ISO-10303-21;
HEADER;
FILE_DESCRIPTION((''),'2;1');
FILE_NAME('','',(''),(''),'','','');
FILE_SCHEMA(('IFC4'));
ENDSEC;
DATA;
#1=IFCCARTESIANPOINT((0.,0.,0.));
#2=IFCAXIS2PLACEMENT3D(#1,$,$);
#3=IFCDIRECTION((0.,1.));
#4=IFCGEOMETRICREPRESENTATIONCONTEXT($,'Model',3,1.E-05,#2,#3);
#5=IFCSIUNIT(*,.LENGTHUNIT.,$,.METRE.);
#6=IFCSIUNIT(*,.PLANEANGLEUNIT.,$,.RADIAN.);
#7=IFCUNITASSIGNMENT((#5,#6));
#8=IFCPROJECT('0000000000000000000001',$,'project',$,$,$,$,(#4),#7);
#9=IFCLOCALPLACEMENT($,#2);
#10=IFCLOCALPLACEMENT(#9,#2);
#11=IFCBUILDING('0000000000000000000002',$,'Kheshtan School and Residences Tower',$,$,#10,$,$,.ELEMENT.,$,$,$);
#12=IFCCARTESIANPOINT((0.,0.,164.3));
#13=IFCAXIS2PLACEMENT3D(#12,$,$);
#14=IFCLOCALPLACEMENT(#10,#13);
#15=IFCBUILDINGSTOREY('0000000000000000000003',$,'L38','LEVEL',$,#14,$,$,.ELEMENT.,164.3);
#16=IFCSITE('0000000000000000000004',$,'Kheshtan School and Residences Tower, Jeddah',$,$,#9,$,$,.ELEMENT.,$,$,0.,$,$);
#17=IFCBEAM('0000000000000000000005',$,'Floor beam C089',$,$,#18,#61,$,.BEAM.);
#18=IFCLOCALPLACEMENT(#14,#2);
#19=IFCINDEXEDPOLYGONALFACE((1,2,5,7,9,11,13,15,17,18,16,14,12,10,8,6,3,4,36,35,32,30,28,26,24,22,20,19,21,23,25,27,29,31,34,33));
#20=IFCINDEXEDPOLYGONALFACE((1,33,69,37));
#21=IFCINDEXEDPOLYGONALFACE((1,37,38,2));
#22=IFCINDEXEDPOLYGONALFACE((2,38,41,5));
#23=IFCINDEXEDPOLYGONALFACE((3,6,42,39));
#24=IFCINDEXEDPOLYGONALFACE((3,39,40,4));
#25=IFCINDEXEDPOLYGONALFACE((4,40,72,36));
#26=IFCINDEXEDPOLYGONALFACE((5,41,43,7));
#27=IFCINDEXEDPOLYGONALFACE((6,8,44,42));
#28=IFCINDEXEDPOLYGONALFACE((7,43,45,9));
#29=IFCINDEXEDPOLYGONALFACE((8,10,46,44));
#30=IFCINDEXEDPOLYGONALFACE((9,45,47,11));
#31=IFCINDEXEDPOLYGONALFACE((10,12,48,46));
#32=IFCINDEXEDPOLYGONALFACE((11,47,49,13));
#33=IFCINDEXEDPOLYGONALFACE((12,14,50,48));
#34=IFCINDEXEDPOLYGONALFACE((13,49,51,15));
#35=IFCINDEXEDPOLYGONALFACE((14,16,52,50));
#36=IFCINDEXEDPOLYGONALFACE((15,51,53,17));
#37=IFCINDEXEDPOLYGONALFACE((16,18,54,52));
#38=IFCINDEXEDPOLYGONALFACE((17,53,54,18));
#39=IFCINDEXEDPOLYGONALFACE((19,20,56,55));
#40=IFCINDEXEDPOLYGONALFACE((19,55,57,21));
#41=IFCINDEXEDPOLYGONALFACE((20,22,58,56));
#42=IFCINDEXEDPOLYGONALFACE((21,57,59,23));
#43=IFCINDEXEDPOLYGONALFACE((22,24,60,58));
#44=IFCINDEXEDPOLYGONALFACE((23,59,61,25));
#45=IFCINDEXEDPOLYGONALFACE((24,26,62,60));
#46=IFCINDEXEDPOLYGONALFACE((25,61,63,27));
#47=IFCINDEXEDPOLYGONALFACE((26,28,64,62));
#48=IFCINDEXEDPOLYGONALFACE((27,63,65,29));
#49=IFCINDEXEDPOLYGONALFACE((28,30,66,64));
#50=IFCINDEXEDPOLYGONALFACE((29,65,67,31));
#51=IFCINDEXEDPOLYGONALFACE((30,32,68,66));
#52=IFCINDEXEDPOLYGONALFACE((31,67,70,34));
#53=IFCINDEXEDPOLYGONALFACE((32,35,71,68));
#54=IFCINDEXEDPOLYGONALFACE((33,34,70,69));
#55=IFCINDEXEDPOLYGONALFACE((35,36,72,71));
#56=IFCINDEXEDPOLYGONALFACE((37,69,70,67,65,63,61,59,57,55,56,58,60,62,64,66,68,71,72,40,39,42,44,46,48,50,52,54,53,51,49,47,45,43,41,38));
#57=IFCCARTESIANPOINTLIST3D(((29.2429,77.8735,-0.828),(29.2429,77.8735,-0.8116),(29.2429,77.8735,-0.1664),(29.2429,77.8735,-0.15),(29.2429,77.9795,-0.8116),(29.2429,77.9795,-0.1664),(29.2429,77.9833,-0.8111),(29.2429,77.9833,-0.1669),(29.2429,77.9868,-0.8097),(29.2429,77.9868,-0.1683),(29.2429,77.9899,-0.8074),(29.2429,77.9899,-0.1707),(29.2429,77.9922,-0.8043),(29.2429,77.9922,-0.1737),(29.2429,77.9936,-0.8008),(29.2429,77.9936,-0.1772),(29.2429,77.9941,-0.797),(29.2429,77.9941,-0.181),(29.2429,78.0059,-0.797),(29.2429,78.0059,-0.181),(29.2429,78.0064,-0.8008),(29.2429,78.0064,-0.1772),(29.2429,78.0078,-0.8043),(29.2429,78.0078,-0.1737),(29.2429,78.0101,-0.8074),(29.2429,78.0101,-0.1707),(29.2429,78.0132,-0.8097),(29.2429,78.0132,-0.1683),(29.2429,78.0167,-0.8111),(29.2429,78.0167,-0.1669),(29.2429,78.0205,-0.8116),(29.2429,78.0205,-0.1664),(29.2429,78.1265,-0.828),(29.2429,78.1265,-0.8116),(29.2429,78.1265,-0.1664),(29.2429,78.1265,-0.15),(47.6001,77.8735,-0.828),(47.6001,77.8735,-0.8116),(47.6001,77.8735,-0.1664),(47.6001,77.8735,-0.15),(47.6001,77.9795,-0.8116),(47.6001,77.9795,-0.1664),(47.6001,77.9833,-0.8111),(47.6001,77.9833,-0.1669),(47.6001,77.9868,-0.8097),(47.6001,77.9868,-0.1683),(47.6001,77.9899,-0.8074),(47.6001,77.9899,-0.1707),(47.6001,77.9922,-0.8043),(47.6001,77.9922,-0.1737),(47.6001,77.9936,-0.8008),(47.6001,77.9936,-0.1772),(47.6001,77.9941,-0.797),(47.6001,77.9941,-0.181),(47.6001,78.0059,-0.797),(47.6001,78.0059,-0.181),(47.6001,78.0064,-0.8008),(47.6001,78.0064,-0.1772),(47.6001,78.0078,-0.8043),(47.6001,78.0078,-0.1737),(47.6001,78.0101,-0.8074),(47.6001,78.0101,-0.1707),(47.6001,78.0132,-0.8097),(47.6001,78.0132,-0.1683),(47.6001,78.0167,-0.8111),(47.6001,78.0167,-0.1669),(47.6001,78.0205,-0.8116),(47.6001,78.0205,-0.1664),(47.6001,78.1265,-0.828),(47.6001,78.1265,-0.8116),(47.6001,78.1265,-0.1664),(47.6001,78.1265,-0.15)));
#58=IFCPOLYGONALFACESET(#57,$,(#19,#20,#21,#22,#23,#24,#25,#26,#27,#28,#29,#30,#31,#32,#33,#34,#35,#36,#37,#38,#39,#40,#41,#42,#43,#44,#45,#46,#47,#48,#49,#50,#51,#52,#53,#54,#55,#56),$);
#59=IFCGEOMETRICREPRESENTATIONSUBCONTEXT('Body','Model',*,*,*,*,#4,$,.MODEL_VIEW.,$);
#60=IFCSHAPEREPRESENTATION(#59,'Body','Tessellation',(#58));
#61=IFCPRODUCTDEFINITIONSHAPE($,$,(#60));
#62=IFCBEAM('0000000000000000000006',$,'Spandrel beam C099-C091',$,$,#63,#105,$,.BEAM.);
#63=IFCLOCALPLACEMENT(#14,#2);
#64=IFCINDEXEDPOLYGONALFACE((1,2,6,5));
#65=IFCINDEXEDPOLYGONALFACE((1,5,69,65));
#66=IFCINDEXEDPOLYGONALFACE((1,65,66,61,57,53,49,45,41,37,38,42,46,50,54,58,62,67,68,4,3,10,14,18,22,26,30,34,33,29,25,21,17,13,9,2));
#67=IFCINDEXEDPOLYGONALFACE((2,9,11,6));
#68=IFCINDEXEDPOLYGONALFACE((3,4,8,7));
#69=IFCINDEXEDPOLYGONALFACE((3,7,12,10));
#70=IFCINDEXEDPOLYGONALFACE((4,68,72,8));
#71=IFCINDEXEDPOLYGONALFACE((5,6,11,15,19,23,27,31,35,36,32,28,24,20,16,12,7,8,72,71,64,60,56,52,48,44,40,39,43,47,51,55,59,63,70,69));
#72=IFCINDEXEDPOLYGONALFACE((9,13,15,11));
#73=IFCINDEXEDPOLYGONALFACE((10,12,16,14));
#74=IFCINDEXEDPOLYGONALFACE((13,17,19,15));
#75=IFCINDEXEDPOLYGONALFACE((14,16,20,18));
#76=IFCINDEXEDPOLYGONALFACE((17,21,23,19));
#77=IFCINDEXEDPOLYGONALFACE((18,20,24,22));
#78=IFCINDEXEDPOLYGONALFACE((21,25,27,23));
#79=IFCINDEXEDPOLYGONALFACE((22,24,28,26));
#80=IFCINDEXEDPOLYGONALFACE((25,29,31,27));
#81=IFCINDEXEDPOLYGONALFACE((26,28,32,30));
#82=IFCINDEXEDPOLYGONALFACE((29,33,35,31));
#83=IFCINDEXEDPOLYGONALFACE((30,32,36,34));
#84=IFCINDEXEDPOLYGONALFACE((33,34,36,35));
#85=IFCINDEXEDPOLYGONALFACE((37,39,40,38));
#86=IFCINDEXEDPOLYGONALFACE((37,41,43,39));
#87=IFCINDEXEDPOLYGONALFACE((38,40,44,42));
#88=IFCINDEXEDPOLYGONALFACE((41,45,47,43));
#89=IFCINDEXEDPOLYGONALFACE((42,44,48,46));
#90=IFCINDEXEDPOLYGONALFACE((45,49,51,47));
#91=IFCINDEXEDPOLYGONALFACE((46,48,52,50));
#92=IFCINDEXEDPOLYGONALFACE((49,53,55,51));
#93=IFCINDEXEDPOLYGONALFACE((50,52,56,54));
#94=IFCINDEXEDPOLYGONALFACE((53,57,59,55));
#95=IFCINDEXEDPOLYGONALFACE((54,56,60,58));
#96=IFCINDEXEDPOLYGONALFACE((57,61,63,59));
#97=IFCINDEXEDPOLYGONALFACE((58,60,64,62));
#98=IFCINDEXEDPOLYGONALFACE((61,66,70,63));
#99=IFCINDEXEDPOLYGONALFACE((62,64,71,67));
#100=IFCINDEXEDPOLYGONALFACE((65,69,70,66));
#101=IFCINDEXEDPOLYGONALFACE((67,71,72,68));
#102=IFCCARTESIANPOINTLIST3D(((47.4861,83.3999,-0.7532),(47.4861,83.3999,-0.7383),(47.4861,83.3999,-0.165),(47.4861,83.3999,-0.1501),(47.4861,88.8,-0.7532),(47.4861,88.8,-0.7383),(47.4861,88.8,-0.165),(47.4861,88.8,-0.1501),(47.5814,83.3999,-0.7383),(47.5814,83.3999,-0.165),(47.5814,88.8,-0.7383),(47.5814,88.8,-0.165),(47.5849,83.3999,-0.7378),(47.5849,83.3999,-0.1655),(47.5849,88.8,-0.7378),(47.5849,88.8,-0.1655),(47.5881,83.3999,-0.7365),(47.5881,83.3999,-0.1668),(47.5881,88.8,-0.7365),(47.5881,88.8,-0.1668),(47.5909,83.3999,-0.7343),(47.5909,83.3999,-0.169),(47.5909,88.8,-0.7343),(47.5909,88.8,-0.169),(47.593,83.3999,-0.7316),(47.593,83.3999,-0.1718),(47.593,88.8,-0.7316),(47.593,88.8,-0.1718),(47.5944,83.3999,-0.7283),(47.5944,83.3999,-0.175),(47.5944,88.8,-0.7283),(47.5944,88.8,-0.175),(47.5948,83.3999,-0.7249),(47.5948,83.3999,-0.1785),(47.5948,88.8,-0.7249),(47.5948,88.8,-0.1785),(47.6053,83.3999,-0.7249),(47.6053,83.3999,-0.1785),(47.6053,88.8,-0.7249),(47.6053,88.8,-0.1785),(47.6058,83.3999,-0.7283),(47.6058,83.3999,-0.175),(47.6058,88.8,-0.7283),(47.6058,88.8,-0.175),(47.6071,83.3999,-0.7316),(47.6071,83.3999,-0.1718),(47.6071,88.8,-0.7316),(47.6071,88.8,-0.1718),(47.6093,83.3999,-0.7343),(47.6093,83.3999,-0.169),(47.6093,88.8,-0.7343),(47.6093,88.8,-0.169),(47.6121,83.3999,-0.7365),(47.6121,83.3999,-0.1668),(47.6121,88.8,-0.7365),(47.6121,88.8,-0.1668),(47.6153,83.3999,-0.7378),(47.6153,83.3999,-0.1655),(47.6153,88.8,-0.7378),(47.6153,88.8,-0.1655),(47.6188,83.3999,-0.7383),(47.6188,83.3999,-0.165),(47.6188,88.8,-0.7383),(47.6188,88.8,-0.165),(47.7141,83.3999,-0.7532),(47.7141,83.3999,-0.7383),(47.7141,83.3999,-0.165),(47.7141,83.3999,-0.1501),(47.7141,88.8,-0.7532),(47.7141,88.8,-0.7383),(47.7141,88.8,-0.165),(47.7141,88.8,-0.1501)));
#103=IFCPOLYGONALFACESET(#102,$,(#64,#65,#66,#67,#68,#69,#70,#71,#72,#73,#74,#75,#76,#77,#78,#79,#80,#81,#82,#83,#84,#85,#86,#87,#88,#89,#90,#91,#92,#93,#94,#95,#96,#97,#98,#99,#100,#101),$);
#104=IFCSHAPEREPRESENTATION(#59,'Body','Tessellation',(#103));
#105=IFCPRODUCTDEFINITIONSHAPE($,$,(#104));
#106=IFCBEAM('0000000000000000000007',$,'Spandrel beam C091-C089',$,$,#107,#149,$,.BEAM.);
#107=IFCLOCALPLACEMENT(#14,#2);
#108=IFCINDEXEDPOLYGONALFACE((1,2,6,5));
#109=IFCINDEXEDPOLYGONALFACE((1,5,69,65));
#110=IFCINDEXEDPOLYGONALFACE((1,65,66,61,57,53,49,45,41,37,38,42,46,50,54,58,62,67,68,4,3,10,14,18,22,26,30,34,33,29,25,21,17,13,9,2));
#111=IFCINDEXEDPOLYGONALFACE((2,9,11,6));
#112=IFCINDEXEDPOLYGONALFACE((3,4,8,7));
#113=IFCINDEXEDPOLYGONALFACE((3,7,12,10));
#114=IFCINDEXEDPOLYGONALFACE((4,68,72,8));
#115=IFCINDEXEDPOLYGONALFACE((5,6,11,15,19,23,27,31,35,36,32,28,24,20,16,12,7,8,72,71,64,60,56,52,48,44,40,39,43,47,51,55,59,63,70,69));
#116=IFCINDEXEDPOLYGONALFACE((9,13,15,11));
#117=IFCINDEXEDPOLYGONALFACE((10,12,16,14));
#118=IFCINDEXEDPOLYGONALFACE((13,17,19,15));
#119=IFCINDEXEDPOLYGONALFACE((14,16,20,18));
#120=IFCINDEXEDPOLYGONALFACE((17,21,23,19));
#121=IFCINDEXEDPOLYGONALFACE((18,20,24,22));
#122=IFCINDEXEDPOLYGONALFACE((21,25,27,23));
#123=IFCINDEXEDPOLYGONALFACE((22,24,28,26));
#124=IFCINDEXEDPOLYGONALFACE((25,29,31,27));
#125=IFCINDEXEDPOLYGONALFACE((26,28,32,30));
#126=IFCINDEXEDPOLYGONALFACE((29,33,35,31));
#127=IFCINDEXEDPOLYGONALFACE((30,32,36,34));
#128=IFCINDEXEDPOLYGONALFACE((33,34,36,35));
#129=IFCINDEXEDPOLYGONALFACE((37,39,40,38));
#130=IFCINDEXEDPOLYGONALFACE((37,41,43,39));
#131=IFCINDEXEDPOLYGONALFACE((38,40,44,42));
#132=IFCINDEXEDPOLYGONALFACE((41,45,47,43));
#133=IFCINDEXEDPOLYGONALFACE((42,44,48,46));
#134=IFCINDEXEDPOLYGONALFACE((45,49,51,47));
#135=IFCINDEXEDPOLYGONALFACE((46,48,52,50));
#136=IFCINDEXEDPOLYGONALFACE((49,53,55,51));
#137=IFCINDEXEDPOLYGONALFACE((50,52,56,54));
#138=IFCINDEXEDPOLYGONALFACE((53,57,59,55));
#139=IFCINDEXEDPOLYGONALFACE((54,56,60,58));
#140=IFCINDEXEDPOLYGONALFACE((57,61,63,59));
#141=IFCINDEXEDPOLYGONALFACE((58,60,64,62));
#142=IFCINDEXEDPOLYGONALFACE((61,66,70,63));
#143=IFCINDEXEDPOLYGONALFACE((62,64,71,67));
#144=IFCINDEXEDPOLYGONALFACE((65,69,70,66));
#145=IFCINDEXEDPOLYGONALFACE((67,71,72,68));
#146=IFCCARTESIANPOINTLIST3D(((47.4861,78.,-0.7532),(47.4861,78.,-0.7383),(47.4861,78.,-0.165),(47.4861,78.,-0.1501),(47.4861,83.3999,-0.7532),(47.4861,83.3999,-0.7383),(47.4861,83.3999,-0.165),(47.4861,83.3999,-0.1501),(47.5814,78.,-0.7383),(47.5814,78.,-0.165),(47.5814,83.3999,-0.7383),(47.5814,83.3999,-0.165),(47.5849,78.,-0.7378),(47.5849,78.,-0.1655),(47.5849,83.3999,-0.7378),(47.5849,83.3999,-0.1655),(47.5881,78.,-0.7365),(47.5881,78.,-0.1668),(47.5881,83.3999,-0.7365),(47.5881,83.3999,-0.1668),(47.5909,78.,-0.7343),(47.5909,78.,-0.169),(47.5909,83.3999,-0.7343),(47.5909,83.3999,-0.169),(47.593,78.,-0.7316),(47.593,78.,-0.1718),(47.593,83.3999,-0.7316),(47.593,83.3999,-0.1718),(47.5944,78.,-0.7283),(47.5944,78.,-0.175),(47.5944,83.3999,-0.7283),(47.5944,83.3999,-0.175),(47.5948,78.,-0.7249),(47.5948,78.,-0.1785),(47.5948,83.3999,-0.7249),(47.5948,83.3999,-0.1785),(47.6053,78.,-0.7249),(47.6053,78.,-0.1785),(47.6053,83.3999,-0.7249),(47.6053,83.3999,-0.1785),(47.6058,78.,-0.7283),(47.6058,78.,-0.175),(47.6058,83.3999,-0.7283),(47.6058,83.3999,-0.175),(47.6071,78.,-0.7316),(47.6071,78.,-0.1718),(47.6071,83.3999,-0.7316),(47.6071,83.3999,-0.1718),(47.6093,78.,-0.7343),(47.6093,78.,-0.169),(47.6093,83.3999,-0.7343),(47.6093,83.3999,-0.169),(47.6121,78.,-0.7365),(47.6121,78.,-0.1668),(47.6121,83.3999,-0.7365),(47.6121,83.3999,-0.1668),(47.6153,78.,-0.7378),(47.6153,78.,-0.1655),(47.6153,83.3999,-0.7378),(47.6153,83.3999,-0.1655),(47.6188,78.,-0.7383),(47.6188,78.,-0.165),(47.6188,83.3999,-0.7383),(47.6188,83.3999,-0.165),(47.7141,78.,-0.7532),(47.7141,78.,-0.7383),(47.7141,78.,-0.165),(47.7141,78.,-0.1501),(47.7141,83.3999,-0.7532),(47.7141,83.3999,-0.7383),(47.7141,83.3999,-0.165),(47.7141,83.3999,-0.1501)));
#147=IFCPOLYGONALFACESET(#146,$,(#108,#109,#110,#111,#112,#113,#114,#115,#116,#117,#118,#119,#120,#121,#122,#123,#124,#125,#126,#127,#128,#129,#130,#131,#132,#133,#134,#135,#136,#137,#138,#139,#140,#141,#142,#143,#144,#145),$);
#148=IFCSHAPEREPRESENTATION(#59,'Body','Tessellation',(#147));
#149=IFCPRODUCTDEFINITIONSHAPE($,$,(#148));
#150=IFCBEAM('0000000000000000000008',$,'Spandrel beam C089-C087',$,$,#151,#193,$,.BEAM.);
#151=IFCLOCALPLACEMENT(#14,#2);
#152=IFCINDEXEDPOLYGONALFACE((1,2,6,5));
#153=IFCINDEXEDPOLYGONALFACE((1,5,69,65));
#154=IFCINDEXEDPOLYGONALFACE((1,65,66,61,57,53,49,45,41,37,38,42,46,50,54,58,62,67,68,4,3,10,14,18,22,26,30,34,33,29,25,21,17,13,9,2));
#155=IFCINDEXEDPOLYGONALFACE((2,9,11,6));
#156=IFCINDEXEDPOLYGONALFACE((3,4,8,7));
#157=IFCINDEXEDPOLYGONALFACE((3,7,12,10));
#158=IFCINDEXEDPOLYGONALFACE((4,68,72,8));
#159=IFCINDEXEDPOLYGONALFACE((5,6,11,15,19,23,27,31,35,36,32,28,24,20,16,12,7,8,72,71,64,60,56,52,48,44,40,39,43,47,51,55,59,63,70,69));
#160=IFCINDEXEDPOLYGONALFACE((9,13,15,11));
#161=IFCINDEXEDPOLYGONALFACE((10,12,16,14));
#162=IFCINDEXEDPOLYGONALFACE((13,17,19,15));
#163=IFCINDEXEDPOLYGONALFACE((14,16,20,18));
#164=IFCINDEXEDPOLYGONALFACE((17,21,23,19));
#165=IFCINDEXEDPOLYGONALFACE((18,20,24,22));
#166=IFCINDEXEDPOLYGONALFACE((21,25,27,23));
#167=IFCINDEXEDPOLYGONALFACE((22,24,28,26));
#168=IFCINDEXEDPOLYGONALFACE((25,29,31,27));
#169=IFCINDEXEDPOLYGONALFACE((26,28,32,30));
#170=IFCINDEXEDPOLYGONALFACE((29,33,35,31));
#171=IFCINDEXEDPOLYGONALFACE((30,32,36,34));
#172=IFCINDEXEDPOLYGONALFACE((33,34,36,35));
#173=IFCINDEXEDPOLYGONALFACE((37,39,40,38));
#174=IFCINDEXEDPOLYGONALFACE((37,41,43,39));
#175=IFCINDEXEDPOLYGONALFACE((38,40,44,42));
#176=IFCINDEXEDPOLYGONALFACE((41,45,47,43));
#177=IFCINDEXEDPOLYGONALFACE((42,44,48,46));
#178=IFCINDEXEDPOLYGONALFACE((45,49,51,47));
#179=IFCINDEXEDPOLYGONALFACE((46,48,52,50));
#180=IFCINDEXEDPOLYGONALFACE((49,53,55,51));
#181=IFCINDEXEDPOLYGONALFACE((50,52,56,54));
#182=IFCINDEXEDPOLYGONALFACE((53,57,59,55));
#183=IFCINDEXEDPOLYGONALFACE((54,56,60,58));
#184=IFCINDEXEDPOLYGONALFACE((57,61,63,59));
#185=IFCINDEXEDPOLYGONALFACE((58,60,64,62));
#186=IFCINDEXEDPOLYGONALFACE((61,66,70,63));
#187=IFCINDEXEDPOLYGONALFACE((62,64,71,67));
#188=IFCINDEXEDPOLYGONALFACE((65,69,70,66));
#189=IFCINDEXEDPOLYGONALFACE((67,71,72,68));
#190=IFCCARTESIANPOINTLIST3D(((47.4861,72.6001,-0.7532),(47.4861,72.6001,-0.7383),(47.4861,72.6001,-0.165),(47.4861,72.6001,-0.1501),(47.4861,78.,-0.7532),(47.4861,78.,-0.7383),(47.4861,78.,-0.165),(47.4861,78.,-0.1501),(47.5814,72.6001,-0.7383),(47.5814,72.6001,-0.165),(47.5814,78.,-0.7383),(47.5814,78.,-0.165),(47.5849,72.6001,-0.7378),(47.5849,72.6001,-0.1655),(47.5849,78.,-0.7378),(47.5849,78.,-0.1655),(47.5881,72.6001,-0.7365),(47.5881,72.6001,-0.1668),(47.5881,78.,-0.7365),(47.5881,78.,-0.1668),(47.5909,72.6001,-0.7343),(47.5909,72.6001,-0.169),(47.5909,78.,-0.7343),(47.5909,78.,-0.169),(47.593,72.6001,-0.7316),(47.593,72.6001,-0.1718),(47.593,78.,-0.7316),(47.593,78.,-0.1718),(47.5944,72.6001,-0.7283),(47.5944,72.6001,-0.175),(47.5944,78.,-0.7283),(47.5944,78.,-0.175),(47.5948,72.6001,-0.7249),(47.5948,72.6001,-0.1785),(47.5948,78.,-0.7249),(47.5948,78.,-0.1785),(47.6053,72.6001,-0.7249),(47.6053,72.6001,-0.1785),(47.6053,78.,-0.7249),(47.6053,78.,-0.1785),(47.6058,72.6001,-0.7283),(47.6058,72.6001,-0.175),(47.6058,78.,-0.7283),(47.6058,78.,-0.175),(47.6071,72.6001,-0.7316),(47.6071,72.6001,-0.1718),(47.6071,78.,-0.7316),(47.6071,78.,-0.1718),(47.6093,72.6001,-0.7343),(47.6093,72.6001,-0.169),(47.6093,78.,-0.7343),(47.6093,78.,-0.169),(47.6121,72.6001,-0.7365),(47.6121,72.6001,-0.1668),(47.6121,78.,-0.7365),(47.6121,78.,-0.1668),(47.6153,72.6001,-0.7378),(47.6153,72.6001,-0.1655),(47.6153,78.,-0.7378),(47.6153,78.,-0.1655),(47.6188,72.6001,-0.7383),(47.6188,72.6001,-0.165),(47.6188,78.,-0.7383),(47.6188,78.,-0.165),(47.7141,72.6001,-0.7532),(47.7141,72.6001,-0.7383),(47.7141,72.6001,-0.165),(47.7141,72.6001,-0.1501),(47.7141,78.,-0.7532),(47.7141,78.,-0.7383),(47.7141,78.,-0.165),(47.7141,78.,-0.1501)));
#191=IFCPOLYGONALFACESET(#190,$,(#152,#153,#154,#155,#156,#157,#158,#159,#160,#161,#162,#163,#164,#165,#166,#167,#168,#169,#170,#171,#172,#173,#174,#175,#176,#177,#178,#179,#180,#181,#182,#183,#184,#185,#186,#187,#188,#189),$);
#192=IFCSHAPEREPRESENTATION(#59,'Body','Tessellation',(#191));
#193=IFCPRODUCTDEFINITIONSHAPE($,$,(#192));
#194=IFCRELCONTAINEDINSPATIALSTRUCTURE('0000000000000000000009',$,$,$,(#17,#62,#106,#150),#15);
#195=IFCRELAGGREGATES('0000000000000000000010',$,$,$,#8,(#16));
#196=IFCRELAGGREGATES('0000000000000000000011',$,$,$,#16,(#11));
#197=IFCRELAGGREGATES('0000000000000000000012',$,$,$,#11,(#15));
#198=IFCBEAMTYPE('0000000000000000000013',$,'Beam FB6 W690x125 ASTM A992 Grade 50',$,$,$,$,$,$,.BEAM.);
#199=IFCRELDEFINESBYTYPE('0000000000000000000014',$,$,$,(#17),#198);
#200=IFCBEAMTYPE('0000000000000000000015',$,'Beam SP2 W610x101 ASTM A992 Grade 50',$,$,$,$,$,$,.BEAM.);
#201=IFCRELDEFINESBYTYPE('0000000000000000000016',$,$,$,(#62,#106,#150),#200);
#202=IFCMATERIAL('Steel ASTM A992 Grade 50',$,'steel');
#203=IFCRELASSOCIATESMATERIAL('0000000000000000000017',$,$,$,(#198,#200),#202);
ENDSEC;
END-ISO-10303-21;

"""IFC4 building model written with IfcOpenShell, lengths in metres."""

from ifc_helpers import new_model, si_unit, direction, frame, origin, origin_2d, place, context, subcontext, project, spatial, i_section, extrude, material, material_profile, profile_set, type_object, element, save


model = new_model("IFC4")

# Units and contexts
model_context = context("Model", 3, precision=1e-05, world=origin(), true_north=direction((0.0, 1.0)))
body_context = subcontext(model_context, "Body", "Model", "MODEL_VIEW")
ifc_project = project(units=[si_unit("LENGTHUNIT", "METRE"), si_unit("PLANEANGLEUNIT", "RADIAN")], contexts=[model_context])

# Site, building, storey
site_placement = place(None, origin())
site = spatial("IfcSite", under=ifc_project, at=site_placement, Name="Kheshtan School and Residences Tower, Jeddah", CompositionType="ELEMENT", RefElevation=0.0)
building_placement = place(site_placement, origin())
building = spatial("IfcBuilding", under=site, at=building_placement, Name="Kheshtan School and Residences Tower", CompositionType="ELEMENT")
storey_placement = place(building_placement, frame((0.0, 0.0, 164.3)))
storey = spatial("IfcBuildingStorey", under=building, at=storey_placement, Name="L38", Description="LEVEL", CompositionType="ELEMENT", Elevation=164.3)

# Shared definitions
ifc_material_1 = material(Name="Steel ASTM A992 Grade 50", Category="steel")

# Beams
ifc_material_profile_1 = material_profile(ifc_material_1, i_section(OverallWidth=0.2529, OverallDepth=0.678, WebThickness=0.0117, FlangeThickness=0.0164, FilletRadius=0.0146, at=origin_2d()), Name="W690x125")
ifc_profile_set_1 = profile_set([ifc_material_profile_1], Name="Steel ASTM A992 Grade 50")
beam_type_1 = type_object("IfcBeamType", Name="Beam FB6 W690x125 ASTM A992 Grade 50", PredefinedType="BEAM", material=ifc_profile_set_1)
beam_1_placement = place(storey_placement, frame((47.6001, 78.0, -0.489), z_axis=(-1.0, 0.0, 0.0), x_axis=(0.0, -1.0, 0.0)))
element("IfcBeam", 1, at=beam_1_placement, inside=storey, type_object=beam_type_1, Name="Floor beam C089", PredefinedType="BEAM", context=body_context, shape_type="SweptSolid", body=[
    extrude(i_section(OverallWidth=0.2529, OverallDepth=0.678, WebThickness=0.0117, FlangeThickness=0.0164, FilletRadius=0.0146, at=origin_2d()), origin(), (0.0, 0.0, 1.0), 18.3572),
])
ifc_material_profile_2 = material_profile(ifc_material_1, i_section(OverallWidth=0.228, OverallDepth=0.603, WebThickness=0.0105, FlangeThickness=0.0149, FilletRadius=0.0134, at=origin_2d()), Name="W610x101")
ifc_profile_set_2 = profile_set([ifc_material_profile_2], Name="Steel ASTM A992 Grade 50")
beam_type_2 = type_object("IfcBeamType", Name="Beam SP2 W610x101 ASTM A992 Grade 50", PredefinedType="BEAM", material=ifc_profile_set_2)
beam_2_placement = place(storey_placement, frame((47.6001, 88.8, -0.4517), z_axis=(0.0, -1.0, 0.0), x_axis=(1.0, 0.0, 0.0)))
element("IfcBeam", 2, at=beam_2_placement, inside=storey, type_object=beam_type_2, Name="Spandrel beam C099-C091", PredefinedType="BEAM", context=body_context, shape_type="SweptSolid", body=[
    extrude(i_section(OverallWidth=0.228, OverallDepth=0.603, WebThickness=0.0105, FlangeThickness=0.0149, FilletRadius=0.0134, at=origin_2d()), origin(), (0.0, 0.0, 1.0), 5.4001),
])
for number, where, z_axis, x_axis, name in (
    (3, (47.6001, 83.3999, -0.4517), (0.0, -1.0, 0.0), (1.0, 0.0, 0.0), "Spandrel beam C091-C089"),
    (4, (47.6001, 78.0, -0.4517), (0.0, -1.0, 0.0), (1.0, 0.0, 0.0), "Spandrel beam C089-C087"),
):
    element("IfcBeam", number, at=place(storey_placement, frame(where, z_axis=z_axis, x_axis=x_axis)), inside=storey, type_object=beam_type_2, Name=name, PredefinedType="BEAM", context=body_context, shape_type="SweptSolid", body=[
        extrude(i_section(OverallWidth=0.228, OverallDepth=0.603, WebThickness=0.0105, FlangeThickness=0.0149, FilletRadius=0.0134, at=origin_2d()), origin(), (0.0, 0.0, 1.0), 5.3999),
    ])

save(model, "model.ifc")
